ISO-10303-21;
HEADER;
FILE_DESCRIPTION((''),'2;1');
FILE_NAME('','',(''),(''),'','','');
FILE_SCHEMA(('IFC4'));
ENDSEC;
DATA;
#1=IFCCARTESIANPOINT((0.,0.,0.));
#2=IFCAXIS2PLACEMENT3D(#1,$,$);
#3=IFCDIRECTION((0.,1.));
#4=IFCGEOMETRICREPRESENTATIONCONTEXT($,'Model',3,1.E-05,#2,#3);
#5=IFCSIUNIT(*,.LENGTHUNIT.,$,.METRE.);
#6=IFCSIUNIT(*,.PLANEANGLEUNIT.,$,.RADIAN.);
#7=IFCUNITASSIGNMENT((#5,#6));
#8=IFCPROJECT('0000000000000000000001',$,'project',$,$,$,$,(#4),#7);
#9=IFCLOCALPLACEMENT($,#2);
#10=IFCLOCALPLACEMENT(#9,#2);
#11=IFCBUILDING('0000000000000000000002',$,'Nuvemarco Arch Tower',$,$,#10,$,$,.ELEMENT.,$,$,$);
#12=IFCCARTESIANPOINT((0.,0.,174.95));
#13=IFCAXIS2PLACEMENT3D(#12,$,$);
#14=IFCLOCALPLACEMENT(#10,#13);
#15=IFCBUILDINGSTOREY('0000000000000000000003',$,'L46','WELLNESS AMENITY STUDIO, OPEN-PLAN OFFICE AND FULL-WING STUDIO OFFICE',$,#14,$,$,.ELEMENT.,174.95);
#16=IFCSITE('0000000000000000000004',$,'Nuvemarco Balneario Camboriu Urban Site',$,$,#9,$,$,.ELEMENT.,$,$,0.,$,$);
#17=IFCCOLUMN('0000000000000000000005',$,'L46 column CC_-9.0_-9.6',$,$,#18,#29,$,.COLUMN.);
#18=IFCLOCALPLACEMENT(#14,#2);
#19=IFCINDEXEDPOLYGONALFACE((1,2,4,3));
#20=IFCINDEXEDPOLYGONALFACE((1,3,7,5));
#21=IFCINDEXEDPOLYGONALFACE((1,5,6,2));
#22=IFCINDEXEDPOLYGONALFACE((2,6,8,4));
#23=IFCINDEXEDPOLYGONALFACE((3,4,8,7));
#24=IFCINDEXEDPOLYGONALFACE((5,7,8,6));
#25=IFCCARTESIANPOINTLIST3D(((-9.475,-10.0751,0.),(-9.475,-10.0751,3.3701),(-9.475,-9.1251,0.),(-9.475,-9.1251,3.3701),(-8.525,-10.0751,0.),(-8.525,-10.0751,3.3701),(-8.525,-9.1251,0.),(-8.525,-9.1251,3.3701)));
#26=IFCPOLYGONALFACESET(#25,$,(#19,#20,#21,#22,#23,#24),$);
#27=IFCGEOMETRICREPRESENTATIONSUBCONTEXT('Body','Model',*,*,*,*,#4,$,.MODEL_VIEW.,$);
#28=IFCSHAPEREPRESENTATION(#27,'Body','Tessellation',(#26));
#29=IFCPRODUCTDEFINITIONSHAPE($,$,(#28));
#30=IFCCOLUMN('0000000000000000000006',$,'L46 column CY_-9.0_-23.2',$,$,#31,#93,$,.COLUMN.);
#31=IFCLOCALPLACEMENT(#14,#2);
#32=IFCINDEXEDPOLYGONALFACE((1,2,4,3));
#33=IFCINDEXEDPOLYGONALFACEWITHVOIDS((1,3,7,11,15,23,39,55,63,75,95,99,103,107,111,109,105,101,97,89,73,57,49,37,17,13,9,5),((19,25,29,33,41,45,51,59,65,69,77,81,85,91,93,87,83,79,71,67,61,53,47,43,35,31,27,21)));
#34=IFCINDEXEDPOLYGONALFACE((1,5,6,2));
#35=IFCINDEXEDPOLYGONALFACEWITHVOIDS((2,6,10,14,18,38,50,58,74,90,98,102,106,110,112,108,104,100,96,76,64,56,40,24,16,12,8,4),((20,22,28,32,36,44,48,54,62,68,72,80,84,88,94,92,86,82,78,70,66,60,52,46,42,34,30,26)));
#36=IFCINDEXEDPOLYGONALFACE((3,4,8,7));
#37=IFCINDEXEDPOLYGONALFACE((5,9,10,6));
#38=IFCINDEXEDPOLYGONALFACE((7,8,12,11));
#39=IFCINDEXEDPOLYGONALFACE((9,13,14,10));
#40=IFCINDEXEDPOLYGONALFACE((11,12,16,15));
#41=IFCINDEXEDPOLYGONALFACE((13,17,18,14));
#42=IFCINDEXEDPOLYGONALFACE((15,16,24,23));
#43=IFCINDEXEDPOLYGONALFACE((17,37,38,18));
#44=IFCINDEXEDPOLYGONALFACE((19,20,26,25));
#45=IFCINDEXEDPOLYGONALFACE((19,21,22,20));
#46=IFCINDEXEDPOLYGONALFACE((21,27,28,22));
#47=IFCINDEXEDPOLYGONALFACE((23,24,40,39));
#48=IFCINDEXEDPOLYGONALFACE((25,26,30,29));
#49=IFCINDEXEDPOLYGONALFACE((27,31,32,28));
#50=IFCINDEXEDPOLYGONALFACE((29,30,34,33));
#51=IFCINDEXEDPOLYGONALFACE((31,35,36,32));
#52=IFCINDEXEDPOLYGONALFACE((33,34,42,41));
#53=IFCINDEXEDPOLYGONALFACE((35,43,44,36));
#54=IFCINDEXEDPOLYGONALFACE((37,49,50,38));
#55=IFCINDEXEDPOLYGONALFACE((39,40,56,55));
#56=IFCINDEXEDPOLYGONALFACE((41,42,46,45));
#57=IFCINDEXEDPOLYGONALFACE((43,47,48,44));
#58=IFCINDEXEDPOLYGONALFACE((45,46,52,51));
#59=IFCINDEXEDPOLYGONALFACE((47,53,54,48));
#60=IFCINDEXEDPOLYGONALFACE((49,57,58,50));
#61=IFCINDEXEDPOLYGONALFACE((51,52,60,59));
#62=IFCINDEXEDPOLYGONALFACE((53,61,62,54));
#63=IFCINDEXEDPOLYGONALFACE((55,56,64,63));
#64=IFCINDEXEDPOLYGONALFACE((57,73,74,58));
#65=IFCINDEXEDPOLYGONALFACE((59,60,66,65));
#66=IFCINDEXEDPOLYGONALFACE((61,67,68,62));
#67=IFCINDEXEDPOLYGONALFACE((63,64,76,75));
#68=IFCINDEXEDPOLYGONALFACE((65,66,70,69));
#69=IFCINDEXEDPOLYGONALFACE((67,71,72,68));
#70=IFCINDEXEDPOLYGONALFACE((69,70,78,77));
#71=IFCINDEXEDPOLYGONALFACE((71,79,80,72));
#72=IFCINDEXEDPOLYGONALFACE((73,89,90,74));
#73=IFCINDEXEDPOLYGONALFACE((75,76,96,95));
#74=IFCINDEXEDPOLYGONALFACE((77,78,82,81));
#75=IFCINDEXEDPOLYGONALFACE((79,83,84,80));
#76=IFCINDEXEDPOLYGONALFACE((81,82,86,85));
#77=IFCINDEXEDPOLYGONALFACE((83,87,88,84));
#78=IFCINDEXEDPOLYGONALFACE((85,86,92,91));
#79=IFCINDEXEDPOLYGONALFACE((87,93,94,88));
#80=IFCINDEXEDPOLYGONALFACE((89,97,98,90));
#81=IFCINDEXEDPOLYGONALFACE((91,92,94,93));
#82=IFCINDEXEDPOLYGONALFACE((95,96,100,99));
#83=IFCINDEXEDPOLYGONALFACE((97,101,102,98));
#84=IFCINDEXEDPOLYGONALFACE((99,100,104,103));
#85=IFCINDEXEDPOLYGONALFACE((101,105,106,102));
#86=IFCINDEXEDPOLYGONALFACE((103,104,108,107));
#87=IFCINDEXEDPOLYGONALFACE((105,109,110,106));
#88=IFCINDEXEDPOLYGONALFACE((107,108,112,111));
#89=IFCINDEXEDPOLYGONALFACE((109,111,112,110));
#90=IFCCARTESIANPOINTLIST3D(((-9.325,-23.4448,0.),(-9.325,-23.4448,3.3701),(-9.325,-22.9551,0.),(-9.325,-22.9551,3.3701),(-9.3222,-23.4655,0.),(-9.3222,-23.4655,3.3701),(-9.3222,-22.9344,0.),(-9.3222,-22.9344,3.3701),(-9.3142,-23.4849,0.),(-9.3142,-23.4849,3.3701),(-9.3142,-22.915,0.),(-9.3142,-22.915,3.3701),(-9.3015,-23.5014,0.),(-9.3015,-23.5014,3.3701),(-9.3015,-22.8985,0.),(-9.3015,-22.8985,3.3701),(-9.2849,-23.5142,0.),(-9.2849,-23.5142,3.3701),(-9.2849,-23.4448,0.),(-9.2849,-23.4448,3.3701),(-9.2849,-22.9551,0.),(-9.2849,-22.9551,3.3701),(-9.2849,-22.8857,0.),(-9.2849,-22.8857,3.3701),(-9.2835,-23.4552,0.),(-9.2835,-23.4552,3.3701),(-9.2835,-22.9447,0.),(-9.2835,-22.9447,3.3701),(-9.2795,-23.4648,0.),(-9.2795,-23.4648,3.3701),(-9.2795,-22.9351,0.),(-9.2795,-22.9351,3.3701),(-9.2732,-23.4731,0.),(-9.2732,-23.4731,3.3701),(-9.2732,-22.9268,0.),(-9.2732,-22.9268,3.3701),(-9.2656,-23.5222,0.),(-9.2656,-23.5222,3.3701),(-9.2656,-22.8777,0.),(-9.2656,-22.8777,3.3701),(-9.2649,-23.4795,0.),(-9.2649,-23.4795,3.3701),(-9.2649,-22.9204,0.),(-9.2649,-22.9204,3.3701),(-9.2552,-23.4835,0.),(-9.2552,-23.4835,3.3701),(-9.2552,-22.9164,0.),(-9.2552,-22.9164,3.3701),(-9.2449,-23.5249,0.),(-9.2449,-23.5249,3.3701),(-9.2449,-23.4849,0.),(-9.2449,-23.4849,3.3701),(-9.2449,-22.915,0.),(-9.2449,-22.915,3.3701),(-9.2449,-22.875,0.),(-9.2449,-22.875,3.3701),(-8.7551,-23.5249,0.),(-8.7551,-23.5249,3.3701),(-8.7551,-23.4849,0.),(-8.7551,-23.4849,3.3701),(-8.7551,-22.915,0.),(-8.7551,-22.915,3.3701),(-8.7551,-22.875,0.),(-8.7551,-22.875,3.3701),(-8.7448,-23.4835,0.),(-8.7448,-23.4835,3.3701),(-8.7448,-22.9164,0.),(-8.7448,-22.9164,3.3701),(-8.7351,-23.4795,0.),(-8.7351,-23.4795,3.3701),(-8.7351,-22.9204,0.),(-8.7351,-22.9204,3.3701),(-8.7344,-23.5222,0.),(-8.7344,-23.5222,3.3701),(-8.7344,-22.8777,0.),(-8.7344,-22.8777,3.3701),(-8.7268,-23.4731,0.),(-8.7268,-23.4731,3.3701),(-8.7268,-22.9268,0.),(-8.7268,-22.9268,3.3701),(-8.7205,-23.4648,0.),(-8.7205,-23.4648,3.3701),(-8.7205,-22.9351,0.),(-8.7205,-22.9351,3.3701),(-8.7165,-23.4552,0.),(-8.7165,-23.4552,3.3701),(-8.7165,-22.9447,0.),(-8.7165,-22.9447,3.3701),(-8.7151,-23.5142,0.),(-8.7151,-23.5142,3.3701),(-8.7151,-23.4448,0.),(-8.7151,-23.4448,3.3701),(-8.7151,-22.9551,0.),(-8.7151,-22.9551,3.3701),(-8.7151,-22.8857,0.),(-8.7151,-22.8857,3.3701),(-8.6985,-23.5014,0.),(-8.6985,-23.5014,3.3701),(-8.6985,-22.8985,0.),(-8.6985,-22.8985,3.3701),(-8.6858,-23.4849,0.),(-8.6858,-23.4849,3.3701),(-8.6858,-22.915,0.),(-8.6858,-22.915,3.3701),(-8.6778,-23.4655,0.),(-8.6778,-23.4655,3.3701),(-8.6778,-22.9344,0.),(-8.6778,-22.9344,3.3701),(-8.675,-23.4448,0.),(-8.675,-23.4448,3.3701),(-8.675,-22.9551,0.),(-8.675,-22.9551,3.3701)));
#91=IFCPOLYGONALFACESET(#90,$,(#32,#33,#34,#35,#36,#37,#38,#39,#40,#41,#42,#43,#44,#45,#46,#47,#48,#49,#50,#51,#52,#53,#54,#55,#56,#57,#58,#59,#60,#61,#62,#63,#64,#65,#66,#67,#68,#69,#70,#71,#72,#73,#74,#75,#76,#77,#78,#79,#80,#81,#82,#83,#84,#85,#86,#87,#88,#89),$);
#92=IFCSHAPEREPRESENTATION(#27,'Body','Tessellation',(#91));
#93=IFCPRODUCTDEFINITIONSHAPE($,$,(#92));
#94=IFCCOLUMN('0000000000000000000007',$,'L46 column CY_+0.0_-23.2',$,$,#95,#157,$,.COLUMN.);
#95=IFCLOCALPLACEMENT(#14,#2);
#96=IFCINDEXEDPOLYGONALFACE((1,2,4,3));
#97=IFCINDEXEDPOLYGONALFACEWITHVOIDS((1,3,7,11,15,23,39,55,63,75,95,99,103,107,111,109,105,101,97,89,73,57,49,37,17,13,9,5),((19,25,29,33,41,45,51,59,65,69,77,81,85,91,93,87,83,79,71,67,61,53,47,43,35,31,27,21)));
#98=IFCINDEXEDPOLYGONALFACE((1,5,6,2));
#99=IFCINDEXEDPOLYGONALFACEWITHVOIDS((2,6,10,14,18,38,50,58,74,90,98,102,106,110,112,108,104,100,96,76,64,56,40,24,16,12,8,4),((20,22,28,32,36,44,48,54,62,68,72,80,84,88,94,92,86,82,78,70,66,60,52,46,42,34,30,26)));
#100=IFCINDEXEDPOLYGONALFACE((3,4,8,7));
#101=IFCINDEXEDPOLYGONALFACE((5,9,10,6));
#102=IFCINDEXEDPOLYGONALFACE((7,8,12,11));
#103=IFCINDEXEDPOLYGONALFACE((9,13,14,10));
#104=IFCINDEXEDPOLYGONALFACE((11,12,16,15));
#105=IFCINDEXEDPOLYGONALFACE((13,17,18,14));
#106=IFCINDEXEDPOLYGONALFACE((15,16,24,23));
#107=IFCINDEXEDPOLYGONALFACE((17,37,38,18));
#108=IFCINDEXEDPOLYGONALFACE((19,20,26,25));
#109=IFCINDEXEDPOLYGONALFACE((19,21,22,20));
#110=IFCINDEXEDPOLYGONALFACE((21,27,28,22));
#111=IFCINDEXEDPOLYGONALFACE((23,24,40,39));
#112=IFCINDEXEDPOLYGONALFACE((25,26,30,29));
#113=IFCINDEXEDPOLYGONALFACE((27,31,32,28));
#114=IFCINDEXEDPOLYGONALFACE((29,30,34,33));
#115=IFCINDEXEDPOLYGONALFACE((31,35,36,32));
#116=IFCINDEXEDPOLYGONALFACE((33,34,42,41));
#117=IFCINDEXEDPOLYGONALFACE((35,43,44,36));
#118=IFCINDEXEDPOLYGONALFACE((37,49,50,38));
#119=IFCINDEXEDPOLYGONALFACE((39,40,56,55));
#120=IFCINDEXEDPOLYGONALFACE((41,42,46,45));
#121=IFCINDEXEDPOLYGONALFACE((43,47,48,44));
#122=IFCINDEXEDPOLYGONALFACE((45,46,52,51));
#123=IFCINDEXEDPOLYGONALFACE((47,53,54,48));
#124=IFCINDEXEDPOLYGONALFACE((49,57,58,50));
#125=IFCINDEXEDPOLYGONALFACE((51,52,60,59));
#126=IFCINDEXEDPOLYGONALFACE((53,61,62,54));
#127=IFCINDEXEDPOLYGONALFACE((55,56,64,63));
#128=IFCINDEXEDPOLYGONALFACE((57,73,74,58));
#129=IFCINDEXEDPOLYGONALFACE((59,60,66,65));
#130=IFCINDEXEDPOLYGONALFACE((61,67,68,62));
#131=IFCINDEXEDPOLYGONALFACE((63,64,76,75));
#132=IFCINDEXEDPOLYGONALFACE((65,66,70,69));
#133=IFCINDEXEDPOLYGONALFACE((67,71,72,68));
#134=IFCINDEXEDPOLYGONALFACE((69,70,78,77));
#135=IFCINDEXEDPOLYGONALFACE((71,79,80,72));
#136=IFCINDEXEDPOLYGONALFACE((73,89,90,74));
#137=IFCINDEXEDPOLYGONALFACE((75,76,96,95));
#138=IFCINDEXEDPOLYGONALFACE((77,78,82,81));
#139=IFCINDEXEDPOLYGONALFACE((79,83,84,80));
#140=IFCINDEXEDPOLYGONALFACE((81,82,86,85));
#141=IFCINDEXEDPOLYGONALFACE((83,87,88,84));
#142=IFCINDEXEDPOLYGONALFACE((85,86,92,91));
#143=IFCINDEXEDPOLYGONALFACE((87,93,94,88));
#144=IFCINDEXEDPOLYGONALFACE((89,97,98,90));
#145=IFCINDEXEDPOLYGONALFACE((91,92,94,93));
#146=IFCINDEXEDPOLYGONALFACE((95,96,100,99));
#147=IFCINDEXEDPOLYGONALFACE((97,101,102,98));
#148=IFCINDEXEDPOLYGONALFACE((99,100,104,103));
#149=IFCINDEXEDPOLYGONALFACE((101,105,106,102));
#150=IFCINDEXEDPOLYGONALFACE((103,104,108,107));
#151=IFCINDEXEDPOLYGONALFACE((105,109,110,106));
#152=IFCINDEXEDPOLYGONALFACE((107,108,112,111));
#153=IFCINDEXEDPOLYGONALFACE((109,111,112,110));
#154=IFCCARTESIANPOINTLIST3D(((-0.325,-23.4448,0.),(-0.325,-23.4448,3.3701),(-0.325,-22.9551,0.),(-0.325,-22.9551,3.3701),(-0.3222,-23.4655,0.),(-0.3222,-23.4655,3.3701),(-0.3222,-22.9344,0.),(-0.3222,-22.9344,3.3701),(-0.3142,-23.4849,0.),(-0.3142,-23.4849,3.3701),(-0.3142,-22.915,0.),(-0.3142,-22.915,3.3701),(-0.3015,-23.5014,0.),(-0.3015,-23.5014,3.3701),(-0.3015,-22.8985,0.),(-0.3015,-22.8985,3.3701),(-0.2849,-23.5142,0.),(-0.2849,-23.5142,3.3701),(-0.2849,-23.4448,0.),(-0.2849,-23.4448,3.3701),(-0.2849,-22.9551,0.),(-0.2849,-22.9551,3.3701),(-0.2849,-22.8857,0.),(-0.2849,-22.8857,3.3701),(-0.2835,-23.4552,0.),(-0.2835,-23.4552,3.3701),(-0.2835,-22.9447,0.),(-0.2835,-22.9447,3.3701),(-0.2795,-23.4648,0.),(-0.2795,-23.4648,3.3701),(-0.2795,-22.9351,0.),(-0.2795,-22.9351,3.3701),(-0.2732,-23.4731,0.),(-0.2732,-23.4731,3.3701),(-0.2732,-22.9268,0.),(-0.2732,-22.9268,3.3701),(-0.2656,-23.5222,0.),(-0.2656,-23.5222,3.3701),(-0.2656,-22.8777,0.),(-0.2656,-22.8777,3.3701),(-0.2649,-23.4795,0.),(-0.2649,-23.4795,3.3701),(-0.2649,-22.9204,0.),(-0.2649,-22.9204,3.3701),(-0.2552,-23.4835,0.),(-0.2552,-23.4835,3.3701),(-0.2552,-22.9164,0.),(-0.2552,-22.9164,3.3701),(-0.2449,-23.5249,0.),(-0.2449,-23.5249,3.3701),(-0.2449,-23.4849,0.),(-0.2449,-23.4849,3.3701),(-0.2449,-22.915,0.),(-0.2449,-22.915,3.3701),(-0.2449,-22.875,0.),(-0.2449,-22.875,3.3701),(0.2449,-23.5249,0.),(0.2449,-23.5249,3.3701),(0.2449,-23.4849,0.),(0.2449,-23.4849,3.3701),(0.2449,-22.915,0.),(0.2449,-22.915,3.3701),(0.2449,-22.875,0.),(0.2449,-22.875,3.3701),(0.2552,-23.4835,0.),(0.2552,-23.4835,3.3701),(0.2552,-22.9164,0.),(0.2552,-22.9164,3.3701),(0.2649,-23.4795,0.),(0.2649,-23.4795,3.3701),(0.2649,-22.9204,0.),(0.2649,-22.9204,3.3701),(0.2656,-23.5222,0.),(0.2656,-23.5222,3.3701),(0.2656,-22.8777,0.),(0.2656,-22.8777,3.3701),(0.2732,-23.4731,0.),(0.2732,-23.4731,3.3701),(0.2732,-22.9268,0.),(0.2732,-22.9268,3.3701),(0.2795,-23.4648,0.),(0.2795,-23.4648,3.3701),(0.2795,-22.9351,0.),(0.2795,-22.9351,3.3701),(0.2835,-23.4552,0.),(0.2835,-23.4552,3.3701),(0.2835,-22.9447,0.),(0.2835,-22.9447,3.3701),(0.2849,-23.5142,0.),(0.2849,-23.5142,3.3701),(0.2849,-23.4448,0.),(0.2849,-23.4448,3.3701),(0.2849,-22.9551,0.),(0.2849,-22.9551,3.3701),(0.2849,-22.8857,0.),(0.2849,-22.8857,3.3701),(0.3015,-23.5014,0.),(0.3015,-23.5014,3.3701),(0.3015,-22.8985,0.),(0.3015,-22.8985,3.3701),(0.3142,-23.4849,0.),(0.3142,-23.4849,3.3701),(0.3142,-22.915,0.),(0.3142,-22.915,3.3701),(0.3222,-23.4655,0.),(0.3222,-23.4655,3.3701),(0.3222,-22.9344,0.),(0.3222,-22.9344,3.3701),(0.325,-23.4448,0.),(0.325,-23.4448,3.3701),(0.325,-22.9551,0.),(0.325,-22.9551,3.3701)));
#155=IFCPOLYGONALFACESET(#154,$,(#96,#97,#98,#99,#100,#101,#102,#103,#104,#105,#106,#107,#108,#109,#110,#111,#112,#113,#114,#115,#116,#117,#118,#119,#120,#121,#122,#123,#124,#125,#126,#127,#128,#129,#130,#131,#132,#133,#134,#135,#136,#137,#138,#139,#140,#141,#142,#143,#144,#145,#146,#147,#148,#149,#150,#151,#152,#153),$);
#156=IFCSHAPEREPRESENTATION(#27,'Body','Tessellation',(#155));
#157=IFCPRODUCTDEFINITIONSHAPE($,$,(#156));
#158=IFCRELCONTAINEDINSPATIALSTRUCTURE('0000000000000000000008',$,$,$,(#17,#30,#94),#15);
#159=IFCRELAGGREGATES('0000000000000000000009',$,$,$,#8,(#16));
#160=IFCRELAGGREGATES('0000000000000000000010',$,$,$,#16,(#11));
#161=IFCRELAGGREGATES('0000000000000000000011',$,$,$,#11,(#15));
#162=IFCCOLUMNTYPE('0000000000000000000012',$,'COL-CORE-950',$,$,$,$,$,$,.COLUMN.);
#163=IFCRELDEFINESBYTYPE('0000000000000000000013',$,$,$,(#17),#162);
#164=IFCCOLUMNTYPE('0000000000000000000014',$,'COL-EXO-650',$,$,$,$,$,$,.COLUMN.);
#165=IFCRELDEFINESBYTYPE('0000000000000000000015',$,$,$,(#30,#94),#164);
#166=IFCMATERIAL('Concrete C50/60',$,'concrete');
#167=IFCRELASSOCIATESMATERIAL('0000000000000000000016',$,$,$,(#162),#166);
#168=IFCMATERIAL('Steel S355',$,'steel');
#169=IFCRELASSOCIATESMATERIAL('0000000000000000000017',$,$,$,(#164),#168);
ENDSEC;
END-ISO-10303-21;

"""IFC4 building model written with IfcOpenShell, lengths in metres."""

from ifc_helpers import new_model, si_unit, direction, frame, origin, origin_2d, place, context, subcontext, project, spatial, rectangle, hollow_rectangle, extrude, material, material_profile, profile_set, type_object, element, save


model = new_model("IFC4")

# Units and contexts
model_context = context("Model", 3, precision=1e-05, world=origin(), true_north=direction((0.0, 1.0)))
body_context = subcontext(model_context, "Body", "Model", "MODEL_VIEW")
ifc_project = project(units=[si_unit("LENGTHUNIT", "METRE"), si_unit("PLANEANGLEUNIT", "RADIAN")], contexts=[model_context])

# Site, building, storey
site_placement = place(None, origin())
site = spatial("IfcSite", under=ifc_project, at=site_placement, Name="Nuvemarco Balneario Camboriu Urban Site", CompositionType="ELEMENT", RefElevation=0.0)
building_placement = place(site_placement, origin())
building = spatial("IfcBuilding", under=site, at=building_placement, Name="Nuvemarco Arch Tower", CompositionType="ELEMENT")
storey_placement = place(building_placement, frame((0.0, 0.0, 174.95)))
storey = spatial("IfcBuildingStorey", under=building, at=storey_placement, Name="L46", Description="WELLNESS AMENITY STUDIO, OPEN-PLAN OFFICE AND FULL-WING STUDIO OFFICE", CompositionType="ELEMENT", Elevation=174.95)

# Columns
ifc_material_1 = material(Name="Concrete C50/60", Category="concrete")
ifc_material_profile_1 = material_profile(ifc_material_1, rectangle(XDim=0.95, YDim=0.95, at=origin_2d()), Name="RC-COL-950x950")
ifc_profile_set_1 = profile_set([ifc_material_profile_1], Name="Concrete C50/60")
column_type_1 = type_object("IfcColumnType", Name="COL-CORE-950", PredefinedType="COLUMN", material=ifc_profile_set_1)
column_placement = place(storey_placement, frame((-9.0, -9.6001, 0.0), z_axis=(0.0, 0.0, 1.0), x_axis=(1.0, 0.0, 0.0)))
element("IfcColumn", 1, at=column_placement, inside=storey, type_object=column_type_1, Name="L46 column CC_-9.0_-9.6", PredefinedType="COLUMN", context=body_context, shape_type="SweptSolid", body=[
    extrude(rectangle(XDim=0.95, YDim=0.95, at=origin_2d()), origin(), (0.0, 0.0, 1.0), 3.3701),
])
ifc_material_2 = material(Name="Steel S355", Category="steel")
ifc_material_profile_2 = material_profile(ifc_material_2, hollow_rectangle(XDim=0.6499, YDim=0.6499, WallThickness=0.04, InnerFilletRadius=0.04, OuterFilletRadius=0.0801, at=origin_2d()), Name="SHS650x650x40")
ifc_profile_set_2 = profile_set([ifc_material_profile_2], Name="Steel S355")
column_type_2 = type_object("IfcColumnType", Name="COL-EXO-650", PredefinedType="COLUMN", material=ifc_profile_set_2)
for number, where, z_axis, x_axis, name in (
    (2, (-9.0, -23.2, 0.0), (0.0, 0.0, 1.0), (1.0, 0.0, 0.0), "L46 column CY_-9.0_-23.2"),
    (3, (0.0, -23.2, 0.0), (0.0, 0.0, 1.0), (1.0, 0.0, 0.0), "L46 column CY_+0.0_-23.2"),
):
    element("IfcColumn", number, at=place(storey_placement, frame(where, z_axis=z_axis, x_axis=x_axis)), inside=storey, type_object=column_type_2, Name=name, PredefinedType="COLUMN", context=body_context, shape_type="SweptSolid", body=[
        extrude(hollow_rectangle(XDim=0.6499, YDim=0.6499, WallThickness=0.04, InnerFilletRadius=0.04, OuterFilletRadius=0.0801, at=origin_2d()), origin(), (0.0, 0.0, 1.0), 3.3701),
    ])

save(model, "model.ifc")
